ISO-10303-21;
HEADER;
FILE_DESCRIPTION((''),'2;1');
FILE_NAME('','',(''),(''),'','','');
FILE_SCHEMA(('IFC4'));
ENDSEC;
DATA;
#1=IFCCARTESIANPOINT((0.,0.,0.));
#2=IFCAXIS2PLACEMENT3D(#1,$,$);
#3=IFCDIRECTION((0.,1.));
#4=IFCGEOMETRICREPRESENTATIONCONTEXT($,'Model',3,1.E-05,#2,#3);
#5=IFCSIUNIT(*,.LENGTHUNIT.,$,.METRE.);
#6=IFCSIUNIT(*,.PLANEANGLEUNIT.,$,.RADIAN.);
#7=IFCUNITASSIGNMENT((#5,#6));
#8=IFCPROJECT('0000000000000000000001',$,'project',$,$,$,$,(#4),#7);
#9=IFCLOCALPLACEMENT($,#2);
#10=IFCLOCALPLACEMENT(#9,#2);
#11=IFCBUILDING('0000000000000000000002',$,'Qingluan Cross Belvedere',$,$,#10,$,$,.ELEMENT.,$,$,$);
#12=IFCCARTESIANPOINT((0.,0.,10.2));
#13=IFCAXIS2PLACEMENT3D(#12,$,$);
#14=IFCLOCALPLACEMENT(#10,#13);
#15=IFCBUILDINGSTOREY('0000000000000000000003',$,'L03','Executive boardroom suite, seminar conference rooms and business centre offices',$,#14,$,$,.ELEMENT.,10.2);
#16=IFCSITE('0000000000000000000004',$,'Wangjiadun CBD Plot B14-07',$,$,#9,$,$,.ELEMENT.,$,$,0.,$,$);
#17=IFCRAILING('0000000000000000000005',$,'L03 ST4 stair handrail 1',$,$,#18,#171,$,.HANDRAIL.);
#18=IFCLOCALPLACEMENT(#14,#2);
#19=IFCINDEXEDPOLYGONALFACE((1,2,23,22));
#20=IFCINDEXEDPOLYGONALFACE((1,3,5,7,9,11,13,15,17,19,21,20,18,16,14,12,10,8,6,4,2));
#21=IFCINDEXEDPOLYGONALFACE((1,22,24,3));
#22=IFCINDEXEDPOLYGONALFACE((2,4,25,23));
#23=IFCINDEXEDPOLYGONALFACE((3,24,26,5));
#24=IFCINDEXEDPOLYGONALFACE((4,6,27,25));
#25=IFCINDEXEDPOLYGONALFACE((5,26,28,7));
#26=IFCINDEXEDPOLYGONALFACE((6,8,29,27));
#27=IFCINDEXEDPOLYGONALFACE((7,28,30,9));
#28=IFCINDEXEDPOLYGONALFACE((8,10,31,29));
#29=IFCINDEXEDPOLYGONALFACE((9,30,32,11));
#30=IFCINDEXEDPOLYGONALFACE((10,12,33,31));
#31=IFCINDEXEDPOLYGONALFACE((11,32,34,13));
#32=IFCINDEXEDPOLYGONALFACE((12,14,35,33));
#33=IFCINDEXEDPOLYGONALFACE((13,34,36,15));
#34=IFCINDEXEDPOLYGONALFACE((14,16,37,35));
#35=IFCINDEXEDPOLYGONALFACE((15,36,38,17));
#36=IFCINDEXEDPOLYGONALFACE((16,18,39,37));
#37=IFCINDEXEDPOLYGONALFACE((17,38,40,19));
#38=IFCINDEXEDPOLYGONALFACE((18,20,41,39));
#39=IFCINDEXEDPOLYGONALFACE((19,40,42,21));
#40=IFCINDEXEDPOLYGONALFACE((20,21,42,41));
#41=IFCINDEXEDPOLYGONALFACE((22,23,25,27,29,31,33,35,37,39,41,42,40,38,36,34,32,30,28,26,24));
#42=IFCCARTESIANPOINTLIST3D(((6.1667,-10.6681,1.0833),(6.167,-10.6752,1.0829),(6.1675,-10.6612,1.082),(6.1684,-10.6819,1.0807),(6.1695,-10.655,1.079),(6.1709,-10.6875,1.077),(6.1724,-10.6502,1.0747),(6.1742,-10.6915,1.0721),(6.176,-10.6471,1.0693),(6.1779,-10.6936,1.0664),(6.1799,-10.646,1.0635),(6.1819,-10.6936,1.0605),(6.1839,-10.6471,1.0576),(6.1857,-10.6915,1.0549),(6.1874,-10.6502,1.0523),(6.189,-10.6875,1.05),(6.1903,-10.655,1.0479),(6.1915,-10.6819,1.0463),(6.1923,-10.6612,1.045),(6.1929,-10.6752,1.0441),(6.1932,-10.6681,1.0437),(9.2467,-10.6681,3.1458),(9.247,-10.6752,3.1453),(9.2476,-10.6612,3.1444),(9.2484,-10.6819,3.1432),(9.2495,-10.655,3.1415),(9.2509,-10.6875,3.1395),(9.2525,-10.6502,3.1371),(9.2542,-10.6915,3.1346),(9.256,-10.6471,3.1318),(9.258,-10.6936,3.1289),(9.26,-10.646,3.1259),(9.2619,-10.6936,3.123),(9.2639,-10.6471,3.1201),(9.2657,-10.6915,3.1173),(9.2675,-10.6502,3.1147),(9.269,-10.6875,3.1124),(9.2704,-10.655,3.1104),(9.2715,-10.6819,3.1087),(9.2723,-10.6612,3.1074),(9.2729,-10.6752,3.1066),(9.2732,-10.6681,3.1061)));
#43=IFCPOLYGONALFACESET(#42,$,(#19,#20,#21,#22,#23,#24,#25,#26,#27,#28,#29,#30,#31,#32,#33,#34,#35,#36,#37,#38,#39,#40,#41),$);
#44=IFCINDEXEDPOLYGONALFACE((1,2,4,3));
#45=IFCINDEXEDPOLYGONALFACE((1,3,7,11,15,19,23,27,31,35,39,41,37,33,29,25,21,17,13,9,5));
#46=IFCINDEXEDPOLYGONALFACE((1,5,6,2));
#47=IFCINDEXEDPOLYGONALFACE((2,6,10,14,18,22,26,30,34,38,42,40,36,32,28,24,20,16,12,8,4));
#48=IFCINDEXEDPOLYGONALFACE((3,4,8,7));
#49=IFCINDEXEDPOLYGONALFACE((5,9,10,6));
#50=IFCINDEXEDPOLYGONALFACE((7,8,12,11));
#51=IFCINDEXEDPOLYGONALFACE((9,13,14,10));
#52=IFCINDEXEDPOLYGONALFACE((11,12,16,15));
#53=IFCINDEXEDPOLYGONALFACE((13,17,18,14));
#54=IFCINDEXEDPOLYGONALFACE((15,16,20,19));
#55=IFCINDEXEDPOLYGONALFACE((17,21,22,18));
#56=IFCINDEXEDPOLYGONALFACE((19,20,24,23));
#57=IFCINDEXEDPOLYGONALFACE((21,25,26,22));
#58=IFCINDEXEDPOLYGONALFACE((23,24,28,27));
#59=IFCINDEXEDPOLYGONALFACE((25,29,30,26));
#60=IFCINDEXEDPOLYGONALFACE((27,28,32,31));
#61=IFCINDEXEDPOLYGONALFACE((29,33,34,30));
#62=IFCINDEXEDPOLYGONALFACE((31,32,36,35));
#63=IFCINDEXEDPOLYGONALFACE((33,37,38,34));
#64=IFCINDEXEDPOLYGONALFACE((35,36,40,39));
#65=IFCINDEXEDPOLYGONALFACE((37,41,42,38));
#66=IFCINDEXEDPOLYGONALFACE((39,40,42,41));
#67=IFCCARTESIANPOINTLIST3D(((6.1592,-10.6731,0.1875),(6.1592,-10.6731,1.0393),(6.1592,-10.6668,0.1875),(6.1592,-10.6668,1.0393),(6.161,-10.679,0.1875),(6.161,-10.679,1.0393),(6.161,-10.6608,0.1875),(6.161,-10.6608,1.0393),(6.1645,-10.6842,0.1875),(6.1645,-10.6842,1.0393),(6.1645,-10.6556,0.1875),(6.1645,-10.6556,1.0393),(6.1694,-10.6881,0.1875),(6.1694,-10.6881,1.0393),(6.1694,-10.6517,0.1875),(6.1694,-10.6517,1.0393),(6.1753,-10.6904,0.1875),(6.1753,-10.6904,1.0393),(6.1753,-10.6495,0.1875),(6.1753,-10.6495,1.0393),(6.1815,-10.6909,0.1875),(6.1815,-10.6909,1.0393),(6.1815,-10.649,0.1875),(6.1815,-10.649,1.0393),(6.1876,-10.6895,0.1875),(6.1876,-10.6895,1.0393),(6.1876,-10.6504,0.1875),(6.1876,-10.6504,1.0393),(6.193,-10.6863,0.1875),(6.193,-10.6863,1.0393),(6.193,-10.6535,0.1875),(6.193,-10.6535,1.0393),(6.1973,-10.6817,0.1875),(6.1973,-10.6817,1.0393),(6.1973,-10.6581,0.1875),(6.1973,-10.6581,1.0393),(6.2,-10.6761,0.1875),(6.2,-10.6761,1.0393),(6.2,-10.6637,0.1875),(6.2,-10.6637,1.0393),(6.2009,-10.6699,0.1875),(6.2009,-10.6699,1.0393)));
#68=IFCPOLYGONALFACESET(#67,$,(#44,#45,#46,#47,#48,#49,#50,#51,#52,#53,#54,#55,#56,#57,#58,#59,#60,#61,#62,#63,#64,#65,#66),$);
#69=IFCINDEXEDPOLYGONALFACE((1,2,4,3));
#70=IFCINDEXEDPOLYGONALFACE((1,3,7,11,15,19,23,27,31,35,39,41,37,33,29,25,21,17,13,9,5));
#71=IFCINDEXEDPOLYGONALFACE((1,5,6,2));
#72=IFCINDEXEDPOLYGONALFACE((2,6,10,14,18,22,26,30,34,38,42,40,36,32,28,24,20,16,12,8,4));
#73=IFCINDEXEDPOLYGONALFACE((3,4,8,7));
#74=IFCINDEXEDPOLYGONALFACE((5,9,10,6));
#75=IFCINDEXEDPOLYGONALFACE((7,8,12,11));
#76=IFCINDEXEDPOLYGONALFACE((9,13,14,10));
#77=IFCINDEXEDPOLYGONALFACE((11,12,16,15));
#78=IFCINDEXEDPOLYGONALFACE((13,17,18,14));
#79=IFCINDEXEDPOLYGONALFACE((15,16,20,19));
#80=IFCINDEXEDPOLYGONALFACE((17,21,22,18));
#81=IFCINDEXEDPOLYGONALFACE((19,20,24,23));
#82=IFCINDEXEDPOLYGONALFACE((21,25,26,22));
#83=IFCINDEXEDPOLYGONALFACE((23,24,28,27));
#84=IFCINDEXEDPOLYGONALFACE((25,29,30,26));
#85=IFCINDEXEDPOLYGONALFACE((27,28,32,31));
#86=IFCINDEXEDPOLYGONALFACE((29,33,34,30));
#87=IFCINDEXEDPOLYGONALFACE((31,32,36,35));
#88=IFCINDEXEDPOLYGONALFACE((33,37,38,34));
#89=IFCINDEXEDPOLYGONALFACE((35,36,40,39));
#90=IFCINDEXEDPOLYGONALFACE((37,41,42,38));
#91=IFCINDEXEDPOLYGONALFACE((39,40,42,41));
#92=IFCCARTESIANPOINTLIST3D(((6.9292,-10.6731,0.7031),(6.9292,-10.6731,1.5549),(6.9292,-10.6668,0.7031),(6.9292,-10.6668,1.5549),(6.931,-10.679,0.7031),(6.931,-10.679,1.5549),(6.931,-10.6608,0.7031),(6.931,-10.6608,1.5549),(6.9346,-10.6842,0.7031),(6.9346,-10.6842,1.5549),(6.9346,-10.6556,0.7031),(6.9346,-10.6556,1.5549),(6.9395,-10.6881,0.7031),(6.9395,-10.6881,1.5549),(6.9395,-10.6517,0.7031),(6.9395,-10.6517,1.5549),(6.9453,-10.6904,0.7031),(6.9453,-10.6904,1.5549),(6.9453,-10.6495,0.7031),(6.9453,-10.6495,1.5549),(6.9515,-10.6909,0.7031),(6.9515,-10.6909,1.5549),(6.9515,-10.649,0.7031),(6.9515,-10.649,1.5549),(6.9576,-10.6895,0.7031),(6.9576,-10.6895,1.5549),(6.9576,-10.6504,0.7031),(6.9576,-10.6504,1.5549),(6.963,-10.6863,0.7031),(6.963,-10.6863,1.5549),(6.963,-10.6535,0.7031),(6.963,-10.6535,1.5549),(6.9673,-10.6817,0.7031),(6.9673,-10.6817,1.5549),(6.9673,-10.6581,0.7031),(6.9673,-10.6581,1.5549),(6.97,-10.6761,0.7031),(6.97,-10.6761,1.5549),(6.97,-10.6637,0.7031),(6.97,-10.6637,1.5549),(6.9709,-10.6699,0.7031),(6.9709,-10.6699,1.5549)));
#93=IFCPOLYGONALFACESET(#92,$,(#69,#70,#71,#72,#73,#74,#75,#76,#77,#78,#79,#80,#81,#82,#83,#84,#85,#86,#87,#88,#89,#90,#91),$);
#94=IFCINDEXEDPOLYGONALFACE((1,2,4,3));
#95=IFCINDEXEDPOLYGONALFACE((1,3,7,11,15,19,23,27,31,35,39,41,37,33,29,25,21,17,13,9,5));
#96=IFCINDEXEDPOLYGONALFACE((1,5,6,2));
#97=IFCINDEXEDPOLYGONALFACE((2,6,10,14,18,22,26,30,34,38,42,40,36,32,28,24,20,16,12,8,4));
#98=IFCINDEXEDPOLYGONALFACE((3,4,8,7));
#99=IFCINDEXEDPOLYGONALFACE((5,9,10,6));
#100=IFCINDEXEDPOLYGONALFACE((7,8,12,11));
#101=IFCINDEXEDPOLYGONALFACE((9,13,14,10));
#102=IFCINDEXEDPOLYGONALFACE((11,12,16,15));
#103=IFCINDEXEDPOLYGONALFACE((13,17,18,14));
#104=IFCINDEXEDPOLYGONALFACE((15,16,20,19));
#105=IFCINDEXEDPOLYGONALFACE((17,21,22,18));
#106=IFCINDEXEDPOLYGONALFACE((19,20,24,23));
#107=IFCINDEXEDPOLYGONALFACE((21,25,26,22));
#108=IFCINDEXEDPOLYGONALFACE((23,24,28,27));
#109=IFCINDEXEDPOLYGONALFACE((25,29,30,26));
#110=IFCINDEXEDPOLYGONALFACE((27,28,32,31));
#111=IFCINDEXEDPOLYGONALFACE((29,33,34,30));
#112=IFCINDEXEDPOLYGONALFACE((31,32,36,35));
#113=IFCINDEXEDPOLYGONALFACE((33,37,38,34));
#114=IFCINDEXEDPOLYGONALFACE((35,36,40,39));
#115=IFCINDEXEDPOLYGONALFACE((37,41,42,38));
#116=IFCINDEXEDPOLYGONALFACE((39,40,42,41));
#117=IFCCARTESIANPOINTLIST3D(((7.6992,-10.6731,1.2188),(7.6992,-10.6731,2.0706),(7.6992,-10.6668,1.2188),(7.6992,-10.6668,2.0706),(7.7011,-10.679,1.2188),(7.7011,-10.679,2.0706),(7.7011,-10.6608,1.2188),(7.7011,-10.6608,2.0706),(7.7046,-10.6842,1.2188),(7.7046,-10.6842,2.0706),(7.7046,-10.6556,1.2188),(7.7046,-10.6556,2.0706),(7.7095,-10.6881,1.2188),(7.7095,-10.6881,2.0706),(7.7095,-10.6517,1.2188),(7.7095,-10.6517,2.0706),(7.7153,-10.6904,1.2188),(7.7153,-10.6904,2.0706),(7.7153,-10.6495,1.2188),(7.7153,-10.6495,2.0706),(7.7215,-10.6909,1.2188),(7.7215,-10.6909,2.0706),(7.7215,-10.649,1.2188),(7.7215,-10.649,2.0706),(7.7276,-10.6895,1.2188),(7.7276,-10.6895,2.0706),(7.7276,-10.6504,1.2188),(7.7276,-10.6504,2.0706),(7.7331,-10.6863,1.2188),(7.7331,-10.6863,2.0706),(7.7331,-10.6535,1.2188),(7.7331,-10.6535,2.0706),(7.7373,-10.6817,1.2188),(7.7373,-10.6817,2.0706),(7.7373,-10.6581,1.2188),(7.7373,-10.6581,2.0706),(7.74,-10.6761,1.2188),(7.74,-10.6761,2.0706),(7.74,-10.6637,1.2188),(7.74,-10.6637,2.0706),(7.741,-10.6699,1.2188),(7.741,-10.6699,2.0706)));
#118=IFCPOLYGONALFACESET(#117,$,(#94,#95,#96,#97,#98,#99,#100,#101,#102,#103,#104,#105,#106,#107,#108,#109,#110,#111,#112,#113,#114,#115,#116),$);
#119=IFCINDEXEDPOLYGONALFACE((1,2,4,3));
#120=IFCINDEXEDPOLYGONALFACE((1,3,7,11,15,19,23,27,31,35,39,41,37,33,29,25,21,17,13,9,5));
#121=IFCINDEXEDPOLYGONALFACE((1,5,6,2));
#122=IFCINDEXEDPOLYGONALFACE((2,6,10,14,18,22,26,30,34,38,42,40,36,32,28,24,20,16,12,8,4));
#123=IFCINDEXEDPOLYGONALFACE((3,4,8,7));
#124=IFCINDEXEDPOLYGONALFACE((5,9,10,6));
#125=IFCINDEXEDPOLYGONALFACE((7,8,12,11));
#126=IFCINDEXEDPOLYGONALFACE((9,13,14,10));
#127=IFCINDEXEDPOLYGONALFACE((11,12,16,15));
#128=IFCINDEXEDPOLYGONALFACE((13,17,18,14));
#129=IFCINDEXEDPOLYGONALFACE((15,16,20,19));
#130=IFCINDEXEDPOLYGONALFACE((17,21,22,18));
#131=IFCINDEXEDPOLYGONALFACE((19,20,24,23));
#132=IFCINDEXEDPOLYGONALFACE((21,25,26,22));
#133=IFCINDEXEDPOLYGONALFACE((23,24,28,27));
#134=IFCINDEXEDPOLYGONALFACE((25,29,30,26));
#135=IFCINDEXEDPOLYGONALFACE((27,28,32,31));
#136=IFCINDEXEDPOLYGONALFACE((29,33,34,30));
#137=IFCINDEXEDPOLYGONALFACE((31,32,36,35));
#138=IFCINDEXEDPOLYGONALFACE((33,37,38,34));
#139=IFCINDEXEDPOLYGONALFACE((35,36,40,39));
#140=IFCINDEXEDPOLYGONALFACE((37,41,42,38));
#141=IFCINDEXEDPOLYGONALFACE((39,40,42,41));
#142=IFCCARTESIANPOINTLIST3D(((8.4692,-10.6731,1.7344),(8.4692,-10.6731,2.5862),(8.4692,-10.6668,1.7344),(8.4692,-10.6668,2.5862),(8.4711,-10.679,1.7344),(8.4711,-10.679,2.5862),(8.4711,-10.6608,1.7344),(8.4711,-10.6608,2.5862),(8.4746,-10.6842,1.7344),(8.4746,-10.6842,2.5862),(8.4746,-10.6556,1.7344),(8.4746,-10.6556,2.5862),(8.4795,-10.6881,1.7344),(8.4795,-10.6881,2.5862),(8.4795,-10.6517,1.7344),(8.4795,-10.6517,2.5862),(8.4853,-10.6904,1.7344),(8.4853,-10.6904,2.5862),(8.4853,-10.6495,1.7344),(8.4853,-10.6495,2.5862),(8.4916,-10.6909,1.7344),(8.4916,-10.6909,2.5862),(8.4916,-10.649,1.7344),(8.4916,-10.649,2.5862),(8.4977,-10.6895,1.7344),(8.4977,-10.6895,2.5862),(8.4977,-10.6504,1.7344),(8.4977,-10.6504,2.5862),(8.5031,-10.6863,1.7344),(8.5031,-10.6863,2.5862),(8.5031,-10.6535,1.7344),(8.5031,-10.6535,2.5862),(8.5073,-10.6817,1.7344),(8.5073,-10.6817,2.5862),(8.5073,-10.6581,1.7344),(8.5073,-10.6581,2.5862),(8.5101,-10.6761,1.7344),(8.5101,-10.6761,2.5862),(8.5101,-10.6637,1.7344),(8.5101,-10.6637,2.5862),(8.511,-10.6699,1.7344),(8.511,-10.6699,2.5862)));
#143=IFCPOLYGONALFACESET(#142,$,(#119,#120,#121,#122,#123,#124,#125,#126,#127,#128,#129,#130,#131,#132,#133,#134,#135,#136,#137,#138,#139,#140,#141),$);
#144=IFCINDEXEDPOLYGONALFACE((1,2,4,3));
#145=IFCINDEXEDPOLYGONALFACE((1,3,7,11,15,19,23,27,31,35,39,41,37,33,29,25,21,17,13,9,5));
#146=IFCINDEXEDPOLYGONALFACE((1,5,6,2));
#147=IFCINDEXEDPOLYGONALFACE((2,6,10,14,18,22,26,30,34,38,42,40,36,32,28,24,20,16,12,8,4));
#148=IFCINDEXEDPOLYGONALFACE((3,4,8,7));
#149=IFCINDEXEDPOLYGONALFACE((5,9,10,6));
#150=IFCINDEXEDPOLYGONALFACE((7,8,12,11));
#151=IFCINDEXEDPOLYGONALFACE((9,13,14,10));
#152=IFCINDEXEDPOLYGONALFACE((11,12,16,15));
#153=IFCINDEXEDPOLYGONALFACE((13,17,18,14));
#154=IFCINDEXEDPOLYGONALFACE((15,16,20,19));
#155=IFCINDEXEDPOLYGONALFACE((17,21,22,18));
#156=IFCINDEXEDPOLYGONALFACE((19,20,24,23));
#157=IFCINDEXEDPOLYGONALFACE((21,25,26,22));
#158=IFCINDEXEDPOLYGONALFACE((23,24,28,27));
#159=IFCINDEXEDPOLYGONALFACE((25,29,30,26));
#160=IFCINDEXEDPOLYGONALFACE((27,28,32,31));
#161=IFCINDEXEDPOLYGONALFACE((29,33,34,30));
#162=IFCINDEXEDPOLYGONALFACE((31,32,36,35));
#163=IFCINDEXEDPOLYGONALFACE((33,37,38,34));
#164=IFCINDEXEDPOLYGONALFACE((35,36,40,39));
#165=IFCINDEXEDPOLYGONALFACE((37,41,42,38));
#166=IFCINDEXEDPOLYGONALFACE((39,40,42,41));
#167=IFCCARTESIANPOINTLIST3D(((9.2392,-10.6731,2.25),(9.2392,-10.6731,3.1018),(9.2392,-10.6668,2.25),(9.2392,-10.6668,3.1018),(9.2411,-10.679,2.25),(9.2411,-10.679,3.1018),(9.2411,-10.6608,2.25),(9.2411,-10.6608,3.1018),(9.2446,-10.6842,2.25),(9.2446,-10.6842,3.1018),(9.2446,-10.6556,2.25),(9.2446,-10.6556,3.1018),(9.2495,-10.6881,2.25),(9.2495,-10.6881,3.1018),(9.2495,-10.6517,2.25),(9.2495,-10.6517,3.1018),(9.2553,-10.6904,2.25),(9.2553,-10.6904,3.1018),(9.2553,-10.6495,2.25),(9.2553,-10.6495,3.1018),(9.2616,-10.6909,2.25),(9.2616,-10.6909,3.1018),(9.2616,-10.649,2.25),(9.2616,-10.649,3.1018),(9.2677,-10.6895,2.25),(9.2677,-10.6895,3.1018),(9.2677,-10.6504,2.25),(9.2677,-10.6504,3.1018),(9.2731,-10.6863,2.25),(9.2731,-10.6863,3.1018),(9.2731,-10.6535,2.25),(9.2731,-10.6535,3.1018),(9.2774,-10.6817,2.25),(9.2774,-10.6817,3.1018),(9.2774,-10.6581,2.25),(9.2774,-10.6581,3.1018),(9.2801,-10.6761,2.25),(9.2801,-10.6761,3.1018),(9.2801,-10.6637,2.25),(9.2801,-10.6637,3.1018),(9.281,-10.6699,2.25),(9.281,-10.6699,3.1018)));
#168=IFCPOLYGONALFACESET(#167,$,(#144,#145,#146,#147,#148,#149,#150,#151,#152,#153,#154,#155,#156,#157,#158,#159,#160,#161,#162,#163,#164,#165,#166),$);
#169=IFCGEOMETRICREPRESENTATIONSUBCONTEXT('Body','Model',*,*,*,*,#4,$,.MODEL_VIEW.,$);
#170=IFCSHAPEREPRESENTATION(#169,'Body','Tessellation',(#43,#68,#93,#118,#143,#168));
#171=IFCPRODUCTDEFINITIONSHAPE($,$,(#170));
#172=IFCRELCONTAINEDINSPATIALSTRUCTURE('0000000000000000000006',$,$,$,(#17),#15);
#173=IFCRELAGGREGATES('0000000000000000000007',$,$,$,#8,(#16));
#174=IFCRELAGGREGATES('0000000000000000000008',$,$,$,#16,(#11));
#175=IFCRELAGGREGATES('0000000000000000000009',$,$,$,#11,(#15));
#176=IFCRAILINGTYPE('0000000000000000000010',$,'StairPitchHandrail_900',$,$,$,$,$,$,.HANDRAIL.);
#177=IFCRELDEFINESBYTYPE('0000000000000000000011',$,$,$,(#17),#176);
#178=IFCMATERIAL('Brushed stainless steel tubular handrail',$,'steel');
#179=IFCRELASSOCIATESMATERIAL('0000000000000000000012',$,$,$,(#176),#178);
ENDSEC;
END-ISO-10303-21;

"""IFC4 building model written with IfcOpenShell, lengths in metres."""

from ifc_helpers import new_model, si_unit, direction, frame, origin, origin_2d, place, context, subcontext, project, spatial, circle, extrude, material, type_object, element, save


model = new_model("IFC4")

# Units and contexts
model_context = context("Model", 3, precision=1e-05, world=origin(), true_north=direction((0.0, 1.0)))
body_context = subcontext(model_context, "Body", "Model", "MODEL_VIEW")
ifc_project = project(units=[si_unit("LENGTHUNIT", "METRE"), si_unit("PLANEANGLEUNIT", "RADIAN")], contexts=[model_context])

# Site, building, storey
site_placement = place(None, origin())
site = spatial("IfcSite", under=ifc_project, at=site_placement, Name="Wangjiadun CBD Plot B14-07", CompositionType="ELEMENT", RefElevation=0.0)
building_placement = place(site_placement, origin())
building = spatial("IfcBuilding", under=site, at=building_placement, Name="Qingluan Cross Belvedere", CompositionType="ELEMENT")
storey_placement = place(building_placement, frame((0.0, 0.0, 10.2)))
storey = spatial("IfcBuildingStorey", under=building, at=storey_placement, Name="L03", Description="Executive boardroom suite, seminar conference rooms and business centre offices", CompositionType="ELEMENT", Elevation=10.2)

# Railing
ifc_material_1 = material(Name="Brushed stainless steel tubular handrail", Category="steel")
railing_type_1 = type_object("IfcRailingType", Name="StairPitchHandrail_900", PredefinedType="HANDRAIL", material=ifc_material_1)
railing_1_placement = place(storey_placement, frame((6.1799, -10.6699, 0.1875)))
element("IfcRailing", 1, at=railing_1_placement, inside=storey, type_object=railing_type_1, Name="L03 ST4 stair handrail 1", PredefinedType="HANDRAIL", context=body_context, shape_type="SweptSolid", body=[
    extrude(circle(Radius=0.0239, at=origin_2d()), frame((0.0, 0.0, 0.876), z_axis=(0.830914, 0.0, 0.556401), x_axis=(0.0, 1.0, 0.0)), (0.0, 0.0, 1.0), 3.7068),
    extrude(circle(Radius=0.021, at=origin_2d()), origin(), (0.0, 0.0, 1.0), 0.8518),
    extrude(circle(Radius=0.021, at=origin_2d()), frame((0.77, 0.0, 0.5156)), (0.0, 0.0, 1.0), 0.8518),
    extrude(circle(Radius=0.021, at=origin_2d()), frame((1.54, 0.0, 1.0312)), (0.0, 0.0, 1.0), 0.8518),
    extrude(circle(Radius=0.021, at=origin_2d()), frame((2.3101, 0.0, 1.5469)), (0.0, 0.0, 1.0), 0.8518),
    extrude(circle(Radius=0.021, at=origin_2d()), frame((3.0801, 0.0, 2.0625)), (0.0, 0.0, 1.0), 0.8518),
])

save(model, "model.ifc")
